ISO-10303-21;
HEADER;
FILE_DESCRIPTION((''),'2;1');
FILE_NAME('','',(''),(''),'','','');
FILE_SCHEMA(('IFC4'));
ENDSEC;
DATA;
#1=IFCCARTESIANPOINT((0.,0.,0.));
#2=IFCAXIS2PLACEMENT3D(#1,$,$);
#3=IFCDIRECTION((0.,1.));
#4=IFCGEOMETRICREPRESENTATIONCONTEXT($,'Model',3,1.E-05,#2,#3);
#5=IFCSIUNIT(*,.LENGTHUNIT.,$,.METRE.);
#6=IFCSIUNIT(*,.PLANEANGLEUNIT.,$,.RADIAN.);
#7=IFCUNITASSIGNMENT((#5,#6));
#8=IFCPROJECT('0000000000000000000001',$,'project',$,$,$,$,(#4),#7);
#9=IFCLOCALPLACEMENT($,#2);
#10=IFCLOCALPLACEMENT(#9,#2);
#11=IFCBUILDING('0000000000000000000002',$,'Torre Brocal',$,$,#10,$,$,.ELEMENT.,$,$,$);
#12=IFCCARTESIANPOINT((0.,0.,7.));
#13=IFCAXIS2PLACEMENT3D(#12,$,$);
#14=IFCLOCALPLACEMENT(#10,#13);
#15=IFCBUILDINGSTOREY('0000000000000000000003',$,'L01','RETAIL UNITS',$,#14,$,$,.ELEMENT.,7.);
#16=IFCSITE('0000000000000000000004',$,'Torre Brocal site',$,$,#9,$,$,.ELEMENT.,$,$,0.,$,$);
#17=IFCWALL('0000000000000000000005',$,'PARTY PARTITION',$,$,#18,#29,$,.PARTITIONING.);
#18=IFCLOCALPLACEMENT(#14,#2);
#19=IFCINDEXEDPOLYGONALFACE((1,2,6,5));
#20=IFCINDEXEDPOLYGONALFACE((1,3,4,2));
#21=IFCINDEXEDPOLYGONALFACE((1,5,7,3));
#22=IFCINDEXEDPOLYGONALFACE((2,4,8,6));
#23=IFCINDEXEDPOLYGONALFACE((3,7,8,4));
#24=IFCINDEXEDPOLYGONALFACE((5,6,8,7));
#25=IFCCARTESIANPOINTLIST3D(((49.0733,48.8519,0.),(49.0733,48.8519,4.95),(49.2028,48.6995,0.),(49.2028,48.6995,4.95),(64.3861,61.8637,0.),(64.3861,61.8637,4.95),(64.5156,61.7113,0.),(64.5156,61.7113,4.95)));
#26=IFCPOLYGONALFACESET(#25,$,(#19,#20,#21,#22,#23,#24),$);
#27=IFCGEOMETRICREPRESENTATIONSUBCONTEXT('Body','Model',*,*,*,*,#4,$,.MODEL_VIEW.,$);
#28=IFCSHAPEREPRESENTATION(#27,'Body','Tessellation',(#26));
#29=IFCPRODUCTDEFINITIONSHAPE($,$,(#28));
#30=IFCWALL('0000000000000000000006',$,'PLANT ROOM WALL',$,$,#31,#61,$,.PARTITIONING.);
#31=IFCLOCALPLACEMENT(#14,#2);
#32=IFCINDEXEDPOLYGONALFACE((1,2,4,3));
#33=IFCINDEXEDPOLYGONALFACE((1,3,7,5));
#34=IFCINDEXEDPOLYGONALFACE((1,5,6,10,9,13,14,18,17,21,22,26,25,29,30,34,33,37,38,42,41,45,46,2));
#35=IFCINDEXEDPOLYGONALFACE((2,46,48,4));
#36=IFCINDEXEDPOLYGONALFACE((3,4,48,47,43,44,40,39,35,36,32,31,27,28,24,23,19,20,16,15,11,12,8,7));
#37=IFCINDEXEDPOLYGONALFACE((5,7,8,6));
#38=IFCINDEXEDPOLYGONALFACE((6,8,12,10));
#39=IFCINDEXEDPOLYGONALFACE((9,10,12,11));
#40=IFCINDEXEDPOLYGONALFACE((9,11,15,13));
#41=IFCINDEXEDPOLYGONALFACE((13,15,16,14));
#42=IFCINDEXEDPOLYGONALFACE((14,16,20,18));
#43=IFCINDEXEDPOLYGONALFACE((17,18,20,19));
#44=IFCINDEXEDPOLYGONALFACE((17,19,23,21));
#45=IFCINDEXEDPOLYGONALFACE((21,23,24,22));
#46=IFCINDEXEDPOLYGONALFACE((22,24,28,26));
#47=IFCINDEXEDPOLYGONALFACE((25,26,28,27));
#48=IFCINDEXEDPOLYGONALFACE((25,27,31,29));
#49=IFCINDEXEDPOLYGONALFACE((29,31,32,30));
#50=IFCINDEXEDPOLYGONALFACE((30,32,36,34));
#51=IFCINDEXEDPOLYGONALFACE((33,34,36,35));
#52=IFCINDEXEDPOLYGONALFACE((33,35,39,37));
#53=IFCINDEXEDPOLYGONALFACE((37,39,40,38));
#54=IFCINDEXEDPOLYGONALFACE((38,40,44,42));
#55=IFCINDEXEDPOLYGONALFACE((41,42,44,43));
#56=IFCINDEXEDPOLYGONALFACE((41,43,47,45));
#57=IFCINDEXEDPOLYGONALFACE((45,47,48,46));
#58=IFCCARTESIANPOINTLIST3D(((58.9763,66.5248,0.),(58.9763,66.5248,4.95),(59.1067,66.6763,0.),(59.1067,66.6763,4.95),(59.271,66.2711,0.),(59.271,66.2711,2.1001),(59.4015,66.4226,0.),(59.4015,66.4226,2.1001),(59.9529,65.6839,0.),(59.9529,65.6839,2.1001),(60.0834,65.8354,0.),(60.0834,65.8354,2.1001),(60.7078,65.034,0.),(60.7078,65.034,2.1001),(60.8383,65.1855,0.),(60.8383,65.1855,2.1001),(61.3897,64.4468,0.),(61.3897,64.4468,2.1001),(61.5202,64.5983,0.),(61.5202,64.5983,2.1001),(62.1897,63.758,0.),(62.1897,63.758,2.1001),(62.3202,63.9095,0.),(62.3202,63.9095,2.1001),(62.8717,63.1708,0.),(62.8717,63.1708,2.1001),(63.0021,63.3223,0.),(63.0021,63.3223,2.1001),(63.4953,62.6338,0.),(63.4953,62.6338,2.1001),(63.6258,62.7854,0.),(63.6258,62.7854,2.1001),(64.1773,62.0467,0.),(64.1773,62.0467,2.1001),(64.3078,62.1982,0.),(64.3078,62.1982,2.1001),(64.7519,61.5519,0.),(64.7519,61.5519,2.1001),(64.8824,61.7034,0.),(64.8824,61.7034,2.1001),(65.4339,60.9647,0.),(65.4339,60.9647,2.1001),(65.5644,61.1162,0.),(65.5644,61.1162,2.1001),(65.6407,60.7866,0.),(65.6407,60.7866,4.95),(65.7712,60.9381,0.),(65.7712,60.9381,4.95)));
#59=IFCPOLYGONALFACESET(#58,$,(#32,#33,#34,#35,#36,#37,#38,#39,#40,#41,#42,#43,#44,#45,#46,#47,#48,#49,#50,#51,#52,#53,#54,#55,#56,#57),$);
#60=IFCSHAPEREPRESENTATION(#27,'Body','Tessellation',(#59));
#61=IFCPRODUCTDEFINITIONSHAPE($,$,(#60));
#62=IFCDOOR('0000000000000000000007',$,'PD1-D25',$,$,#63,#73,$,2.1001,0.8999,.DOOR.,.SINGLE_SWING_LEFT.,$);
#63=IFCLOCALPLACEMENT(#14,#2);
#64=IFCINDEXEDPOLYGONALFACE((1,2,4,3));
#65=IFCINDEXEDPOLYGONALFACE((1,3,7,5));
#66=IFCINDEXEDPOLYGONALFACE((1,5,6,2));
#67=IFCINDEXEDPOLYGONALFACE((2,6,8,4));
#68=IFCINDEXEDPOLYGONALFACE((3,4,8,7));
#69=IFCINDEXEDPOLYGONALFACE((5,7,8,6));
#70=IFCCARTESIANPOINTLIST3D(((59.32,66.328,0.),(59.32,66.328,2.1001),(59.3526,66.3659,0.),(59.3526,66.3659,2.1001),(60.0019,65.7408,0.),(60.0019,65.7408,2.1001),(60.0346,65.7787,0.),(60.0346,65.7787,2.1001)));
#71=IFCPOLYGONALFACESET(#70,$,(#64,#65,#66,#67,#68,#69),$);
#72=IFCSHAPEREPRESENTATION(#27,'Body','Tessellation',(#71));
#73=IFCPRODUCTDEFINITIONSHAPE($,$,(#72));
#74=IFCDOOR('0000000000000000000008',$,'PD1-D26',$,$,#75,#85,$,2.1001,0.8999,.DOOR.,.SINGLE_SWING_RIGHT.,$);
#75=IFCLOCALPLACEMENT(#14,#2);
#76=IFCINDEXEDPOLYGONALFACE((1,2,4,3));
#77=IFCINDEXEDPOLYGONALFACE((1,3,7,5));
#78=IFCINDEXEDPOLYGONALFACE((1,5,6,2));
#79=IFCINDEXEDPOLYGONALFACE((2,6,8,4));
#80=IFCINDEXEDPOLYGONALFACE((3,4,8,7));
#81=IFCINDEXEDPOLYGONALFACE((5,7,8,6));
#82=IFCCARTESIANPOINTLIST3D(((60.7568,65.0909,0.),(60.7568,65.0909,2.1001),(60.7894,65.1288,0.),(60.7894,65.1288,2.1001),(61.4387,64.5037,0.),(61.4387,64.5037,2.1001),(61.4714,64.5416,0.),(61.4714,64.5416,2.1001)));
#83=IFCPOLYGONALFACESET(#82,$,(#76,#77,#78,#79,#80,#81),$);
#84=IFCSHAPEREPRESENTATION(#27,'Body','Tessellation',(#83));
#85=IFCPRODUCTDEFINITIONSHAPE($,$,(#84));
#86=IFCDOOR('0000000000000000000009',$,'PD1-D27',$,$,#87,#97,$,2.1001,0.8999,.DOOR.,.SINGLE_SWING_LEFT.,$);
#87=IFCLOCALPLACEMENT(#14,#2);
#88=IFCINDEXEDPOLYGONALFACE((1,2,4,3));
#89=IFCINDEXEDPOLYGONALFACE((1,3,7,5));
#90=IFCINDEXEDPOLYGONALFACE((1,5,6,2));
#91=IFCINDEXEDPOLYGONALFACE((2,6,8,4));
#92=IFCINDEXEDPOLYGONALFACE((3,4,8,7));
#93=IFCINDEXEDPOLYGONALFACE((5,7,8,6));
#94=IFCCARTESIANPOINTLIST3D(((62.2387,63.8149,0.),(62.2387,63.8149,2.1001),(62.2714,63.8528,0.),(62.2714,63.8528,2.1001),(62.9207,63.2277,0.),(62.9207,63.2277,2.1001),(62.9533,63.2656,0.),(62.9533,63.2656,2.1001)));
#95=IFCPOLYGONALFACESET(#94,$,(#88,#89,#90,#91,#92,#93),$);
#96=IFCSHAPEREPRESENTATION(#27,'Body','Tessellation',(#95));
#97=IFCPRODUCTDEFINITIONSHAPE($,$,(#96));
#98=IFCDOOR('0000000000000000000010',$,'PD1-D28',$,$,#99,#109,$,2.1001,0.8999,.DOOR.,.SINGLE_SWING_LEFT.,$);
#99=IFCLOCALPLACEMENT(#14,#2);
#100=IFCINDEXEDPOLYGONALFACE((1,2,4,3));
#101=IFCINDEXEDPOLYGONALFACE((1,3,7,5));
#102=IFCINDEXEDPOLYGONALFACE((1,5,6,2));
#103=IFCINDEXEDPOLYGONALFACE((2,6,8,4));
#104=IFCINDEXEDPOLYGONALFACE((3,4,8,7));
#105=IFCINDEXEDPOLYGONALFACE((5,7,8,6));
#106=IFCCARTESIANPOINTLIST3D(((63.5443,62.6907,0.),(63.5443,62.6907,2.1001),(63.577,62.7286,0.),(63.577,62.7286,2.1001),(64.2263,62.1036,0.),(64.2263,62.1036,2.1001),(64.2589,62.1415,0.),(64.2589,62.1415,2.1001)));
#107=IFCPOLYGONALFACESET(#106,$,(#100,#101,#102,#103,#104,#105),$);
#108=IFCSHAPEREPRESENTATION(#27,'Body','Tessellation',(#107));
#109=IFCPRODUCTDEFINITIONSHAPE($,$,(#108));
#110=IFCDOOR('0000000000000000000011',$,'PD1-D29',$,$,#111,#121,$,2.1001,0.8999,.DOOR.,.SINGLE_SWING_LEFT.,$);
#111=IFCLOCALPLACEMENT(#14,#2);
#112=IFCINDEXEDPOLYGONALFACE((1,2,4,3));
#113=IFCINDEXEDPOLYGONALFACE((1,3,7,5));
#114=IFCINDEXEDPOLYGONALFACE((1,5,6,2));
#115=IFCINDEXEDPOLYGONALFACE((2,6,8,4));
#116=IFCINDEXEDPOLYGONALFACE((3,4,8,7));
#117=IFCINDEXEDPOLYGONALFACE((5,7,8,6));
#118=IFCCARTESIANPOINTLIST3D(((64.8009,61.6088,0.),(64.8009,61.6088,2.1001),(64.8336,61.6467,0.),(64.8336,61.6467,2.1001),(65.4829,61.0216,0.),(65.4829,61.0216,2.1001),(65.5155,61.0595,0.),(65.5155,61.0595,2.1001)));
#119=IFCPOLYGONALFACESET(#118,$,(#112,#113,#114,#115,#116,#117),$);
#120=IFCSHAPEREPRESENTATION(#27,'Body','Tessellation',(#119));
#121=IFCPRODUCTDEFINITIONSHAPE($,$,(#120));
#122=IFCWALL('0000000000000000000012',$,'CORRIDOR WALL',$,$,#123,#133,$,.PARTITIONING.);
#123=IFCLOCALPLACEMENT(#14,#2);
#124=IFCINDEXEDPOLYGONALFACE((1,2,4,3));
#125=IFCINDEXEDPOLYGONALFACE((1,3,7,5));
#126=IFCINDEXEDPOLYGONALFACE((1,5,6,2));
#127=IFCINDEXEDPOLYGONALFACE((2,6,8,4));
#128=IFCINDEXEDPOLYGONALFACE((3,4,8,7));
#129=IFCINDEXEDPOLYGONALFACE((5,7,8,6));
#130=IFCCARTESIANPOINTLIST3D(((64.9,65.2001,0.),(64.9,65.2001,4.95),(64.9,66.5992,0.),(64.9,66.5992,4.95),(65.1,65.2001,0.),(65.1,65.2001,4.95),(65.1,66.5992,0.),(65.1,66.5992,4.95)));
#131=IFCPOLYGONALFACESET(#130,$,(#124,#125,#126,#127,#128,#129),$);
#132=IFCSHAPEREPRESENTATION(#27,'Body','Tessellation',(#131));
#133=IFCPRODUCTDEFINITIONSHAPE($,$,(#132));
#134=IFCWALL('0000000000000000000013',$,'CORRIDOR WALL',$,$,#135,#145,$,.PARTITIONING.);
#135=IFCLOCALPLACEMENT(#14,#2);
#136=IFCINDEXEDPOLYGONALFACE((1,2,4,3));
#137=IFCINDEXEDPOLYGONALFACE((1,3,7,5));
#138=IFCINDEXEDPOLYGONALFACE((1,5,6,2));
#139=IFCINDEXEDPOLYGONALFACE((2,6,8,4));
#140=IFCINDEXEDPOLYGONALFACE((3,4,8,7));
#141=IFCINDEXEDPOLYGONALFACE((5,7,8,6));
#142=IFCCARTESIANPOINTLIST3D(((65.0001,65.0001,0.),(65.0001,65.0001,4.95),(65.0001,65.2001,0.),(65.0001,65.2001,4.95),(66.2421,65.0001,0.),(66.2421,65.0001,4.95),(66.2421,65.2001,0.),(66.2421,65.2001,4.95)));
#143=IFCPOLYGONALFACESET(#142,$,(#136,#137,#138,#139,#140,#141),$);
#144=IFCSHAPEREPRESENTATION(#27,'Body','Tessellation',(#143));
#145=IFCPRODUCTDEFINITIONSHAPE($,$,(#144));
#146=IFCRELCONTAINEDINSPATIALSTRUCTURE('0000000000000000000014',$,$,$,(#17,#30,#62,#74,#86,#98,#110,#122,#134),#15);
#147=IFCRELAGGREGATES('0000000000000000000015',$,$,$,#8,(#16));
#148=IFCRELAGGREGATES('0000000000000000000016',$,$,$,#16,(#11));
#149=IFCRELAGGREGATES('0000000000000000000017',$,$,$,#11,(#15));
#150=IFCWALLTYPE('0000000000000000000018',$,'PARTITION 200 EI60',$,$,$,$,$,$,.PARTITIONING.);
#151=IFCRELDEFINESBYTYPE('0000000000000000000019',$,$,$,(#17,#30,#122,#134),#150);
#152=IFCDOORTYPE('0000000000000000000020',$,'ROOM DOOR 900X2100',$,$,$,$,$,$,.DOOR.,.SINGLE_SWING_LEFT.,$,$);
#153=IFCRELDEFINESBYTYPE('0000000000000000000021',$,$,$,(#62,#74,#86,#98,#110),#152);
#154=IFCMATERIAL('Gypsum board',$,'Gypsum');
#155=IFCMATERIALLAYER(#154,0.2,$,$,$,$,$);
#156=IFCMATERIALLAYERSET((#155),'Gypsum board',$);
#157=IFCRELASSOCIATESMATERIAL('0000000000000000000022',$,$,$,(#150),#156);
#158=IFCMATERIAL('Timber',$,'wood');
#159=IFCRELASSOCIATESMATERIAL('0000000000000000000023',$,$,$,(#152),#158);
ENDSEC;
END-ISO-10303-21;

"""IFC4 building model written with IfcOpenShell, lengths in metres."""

from ifc_helpers import new_model, si_unit, direction, frame, frame_2d, origin, place, context, subcontext, project, spatial, rectangle, extrude, material, layer, layer_set, type_object, element, fill, save


model = new_model("IFC4")

# Units and contexts
model_context = context("Model", 3, precision=1e-05, world=origin(), true_north=direction((0.0, 1.0)))
body_context = subcontext(model_context, "Body", "Model", "MODEL_VIEW")
ifc_project = project(units=[si_unit("LENGTHUNIT", "METRE"), si_unit("PLANEANGLEUNIT", "RADIAN")], contexts=[model_context])

# Site, building, storey
site_placement = place(None, origin())
site = spatial("IfcSite", under=ifc_project, at=site_placement, Name="Torre Brocal site", CompositionType="ELEMENT", RefElevation=0.0)
building_placement = place(site_placement, origin())
building = spatial("IfcBuilding", under=site, at=building_placement, Name="Torre Brocal", CompositionType="ELEMENT")
storey_placement = place(building_placement, frame((0.0, 0.0, 7.0)))
storey = spatial("IfcBuildingStorey", under=building, at=storey_placement, Name="L01", Description="RETAIL UNITS", CompositionType="ELEMENT", Elevation=7.0)

# Wall
ifc_material_1 = material(Name="Gypsum board", Category="Gypsum")
ifc_layer_1 = layer(ifc_material_1, 0.2)
ifc_layer_set_1 = layer_set([ifc_layer_1], Name="Gypsum board")
wall_type_1 = type_object("IfcWallType", Name="PARTITION 200 EI60", PredefinedType="PARTITIONING", material=ifc_layer_set_1)
wall_1_placement = place(storey_placement, frame((49.1379, 48.7756, 0.0), z_axis=(0.0, 0.0, 1.0), x_axis=(0.76204, 0.64753, 0.0)))
element("IfcWall", 1, at=wall_1_placement, inside=storey, type_object=wall_type_1, Name="PARTY PARTITION", PredefinedType="PARTITIONING", context=body_context, shape_type="SweptSolid", body=[
    extrude(rectangle(XDim=20.0945, YDim=0.2, at=frame_2d((10.0474, 0.0))), origin(), (0.0, 0.0, 1.0), 4.95),
])

# Wall, openings, doors
wall_2_placement = place(storey_placement, frame((59.0415, 66.6006, 0.0), z_axis=(0.0, 0.0, 1.0), x_axis=(0.757805, -0.652482, 0.0)))
wall_2 = element("IfcWall", 2, at=wall_2_placement, inside=storey, type_object=wall_type_1, Name="PLANT ROOM WALL", PredefinedType="PARTITIONING", context=body_context, shape_type="SweptSolid", body=[
    extrude(rectangle(XDim=8.7944, YDim=0.2, at=frame_2d((4.3972, 0.0))), origin(), (0.0, 0.0, 1.0), 4.95),
])
opening_1_placement = place(wall_2_placement, frame((0.3889, 0.0, 0.0)))
opening_1 = element("IfcOpeningElement", 3, at=opening_1_placement, cuts=wall_2, PredefinedType="OPENING", context=body_context, shape_type="SweptSolid", body=[
    extrude(rectangle(XDim=0.8999, YDim=2.1001, at=frame_2d((0.45, 1.05))), frame((0.0, 0.1099, 0.0), z_axis=(0.0, -1.0, 0.0), x_axis=(1.0, 0.0, 0.0)), (0.0, 0.0, 1.0), 0.22),
])
opening_2_placement = place(wall_2_placement, frame((2.2849, 0.0, 0.0)))
opening_2 = element("IfcOpeningElement", 4, at=opening_2_placement, cuts=wall_2, PredefinedType="OPENING", context=body_context, shape_type="SweptSolid", body=[
    extrude(rectangle(XDim=0.8999, YDim=2.1001, at=frame_2d((0.45, 1.05))), frame((0.0, 0.1099, 0.0), z_axis=(0.0, -1.0, 0.0), x_axis=(1.0, 0.0, 0.0)), (0.0, 0.0, 1.0), 0.22),
])
opening_3_placement = place(wall_2_placement, frame((4.2405, 0.0, 0.0)))
opening_3 = element("IfcOpeningElement", 5, at=opening_3_placement, cuts=wall_2, PredefinedType="OPENING", context=body_context, shape_type="SweptSolid", body=[
    extrude(rectangle(XDim=0.8999, YDim=2.1001, at=frame_2d((0.45, 1.05))), frame((0.0, 0.1099, 0.0), z_axis=(0.0, -1.0, 0.0), x_axis=(1.0, 0.0, 0.0)), (0.0, 0.0, 1.0), 0.22),
])
opening_4_placement = place(wall_2_placement, frame((5.9634, 0.0, 0.0)))
opening_4 = element("IfcOpeningElement", 6, at=opening_4_placement, cuts=wall_2, PredefinedType="OPENING", context=body_context, shape_type="SweptSolid", body=[
    extrude(rectangle(XDim=0.8999, YDim=2.1001, at=frame_2d((0.45, 1.05))), frame((0.0, 0.1099, 0.0), z_axis=(0.0, -1.0, 0.0), x_axis=(1.0, 0.0, 0.0)), (0.0, 0.0, 1.0), 0.22),
])
opening_5_placement = place(wall_2_placement, frame((7.6216, 0.0, 0.0)))
opening_5 = element("IfcOpeningElement", 7, at=opening_5_placement, cuts=wall_2, PredefinedType="OPENING", context=body_context, shape_type="SweptSolid", body=[
    extrude(rectangle(XDim=0.8999, YDim=2.1001, at=frame_2d((0.45, 1.05))), frame((0.0, 0.1099, 0.0), z_axis=(0.0, -1.0, 0.0), x_axis=(1.0, 0.0, 0.0)), (0.0, 0.0, 1.0), 0.22),
])
ifc_material_2 = material(Name="Timber", Category="wood")
door_type_1 = type_object("IfcDoorType", Name="ROOM DOOR 900X2100", OperationType="SINGLE_SWING_LEFT", PredefinedType="DOOR", material=ifc_material_2)
door_1_placement = place(opening_1_placement, frame((0.8999, 0.0, 0.0), z_axis=(0.0, 0.0, 1.0), x_axis=(-1.0, 0.0, 0.0)))
door_1 = element("IfcDoor", 8, at=door_1_placement, inside=storey, type_object=door_type_1, Name="PD1-D25", OperationType="SINGLE_SWING_LEFT", OverallHeight=2.1001, OverallWidth=0.8999, PredefinedType="DOOR", context=body_context, shape_type="SweptSolid", body=[
    extrude(rectangle(XDim=0.8999, YDim=2.1001, at=frame_2d((0.45, 1.05))), frame((0.0, 0.0249, 0.0), z_axis=(0.0, -1.0, 0.0), x_axis=(1.0, 0.0, 0.0)), (0.0, 0.0, 1.0), 0.05),
])
fill(opening_1, door_1)
door_2_placement = place(opening_2_placement, frame((0.8999, 0.0, 0.0), z_axis=(0.0, 0.0, 1.0), x_axis=(-1.0, 0.0, 0.0)))
door_2 = element("IfcDoor", 9, at=door_2_placement, inside=storey, type_object=door_type_1, Name="PD1-D26", OperationType="SINGLE_SWING_RIGHT", OverallHeight=2.1001, OverallWidth=0.8999, PredefinedType="DOOR", context=body_context, shape_type="SweptSolid", body=[
    extrude(rectangle(XDim=0.8999, YDim=2.1001, at=frame_2d((0.45, 1.05))), frame((0.0, 0.0249, 0.0), z_axis=(0.0, -1.0, 0.0), x_axis=(1.0, 0.0, 0.0)), (0.0, 0.0, 1.0), 0.05),
])
fill(opening_2, door_2)
door_3_placement = place(opening_3_placement, frame((0.8999, 0.0, 0.0), z_axis=(0.0, 0.0, 1.0), x_axis=(-1.0, 0.0, 0.0)))
door_3 = element("IfcDoor", 10, at=door_3_placement, inside=storey, type_object=door_type_1, Name="PD1-D27", OperationType="SINGLE_SWING_LEFT", OverallHeight=2.1001, OverallWidth=0.8999, PredefinedType="DOOR", context=body_context, shape_type="SweptSolid", body=[
    extrude(rectangle(XDim=0.8999, YDim=2.1001, at=frame_2d((0.45, 1.05))), frame((0.0, 0.0249, 0.0), z_axis=(0.0, -1.0, 0.0), x_axis=(1.0, 0.0, 0.0)), (0.0, 0.0, 1.0), 0.05),
])
fill(opening_3, door_3)
door_4_placement = place(opening_4_placement, frame((0.8999, 0.0, 0.0), z_axis=(0.0, 0.0, 1.0), x_axis=(-1.0, 0.0, 0.0)))
door_4 = element("IfcDoor", 11, at=door_4_placement, inside=storey, type_object=door_type_1, Name="PD1-D28", OperationType="SINGLE_SWING_LEFT", OverallHeight=2.1001, OverallWidth=0.8999, PredefinedType="DOOR", context=body_context, shape_type="SweptSolid", body=[
    extrude(rectangle(XDim=0.8999, YDim=2.1001, at=frame_2d((0.45, 1.05))), frame((0.0, 0.0249, 0.0), z_axis=(0.0, -1.0, 0.0), x_axis=(1.0, 0.0, 0.0)), (0.0, 0.0, 1.0), 0.05),
])
fill(opening_4, door_4)
door_5_placement = place(opening_5_placement, frame((0.8999, 0.0, 0.0), z_axis=(0.0, 0.0, 1.0), x_axis=(-1.0, 0.0, 0.0)))
door_5 = element("IfcDoor", 12, at=door_5_placement, inside=storey, type_object=door_type_1, Name="PD1-D29", OperationType="SINGLE_SWING_LEFT", OverallHeight=2.1001, OverallWidth=0.8999, PredefinedType="DOOR", context=body_context, shape_type="SweptSolid", body=[
    extrude(rectangle(XDim=0.8999, YDim=2.1001, at=frame_2d((0.45, 1.05))), frame((0.0, 0.0249, 0.0), z_axis=(0.0, -1.0, 0.0), x_axis=(1.0, 0.0, 0.0)), (0.0, 0.0, 1.0), 0.05),
])
fill(opening_5, door_5)

# Walls
wall_3_placement = place(storey_placement, frame((65.0, 65.2, 0.0), z_axis=(0.0, 0.0, 1.0), x_axis=(0.0, 1.0, 0.0)))
element("IfcWall", 13, at=wall_3_placement, inside=storey, type_object=wall_type_1, Name="CORRIDOR WALL", PredefinedType="PARTITIONING", context=body_context, shape_type="SweptSolid", body=[
    extrude(rectangle(XDim=1.3992, YDim=0.2, at=frame_2d((0.6997, 0.0))), origin(), (0.0, 0.0, 1.0), 4.95),
])
wall_4_placement = place(storey_placement, frame((65.0, 65.1001, 0.0), z_axis=(0.0, 0.0, 1.0), x_axis=(1.0, 0.0, 0.0)))
element("IfcWall", 14, at=wall_4_placement, inside=storey, type_object=wall_type_1, Name="CORRIDOR WALL", PredefinedType="PARTITIONING", context=body_context, shape_type="SweptSolid", body=[
    extrude(rectangle(XDim=1.2419, YDim=0.2, at=frame_2d((0.6211, 0.0))), origin(), (0.0, 0.0, 1.0), 4.95),
])

save(model, "model.ifc")
